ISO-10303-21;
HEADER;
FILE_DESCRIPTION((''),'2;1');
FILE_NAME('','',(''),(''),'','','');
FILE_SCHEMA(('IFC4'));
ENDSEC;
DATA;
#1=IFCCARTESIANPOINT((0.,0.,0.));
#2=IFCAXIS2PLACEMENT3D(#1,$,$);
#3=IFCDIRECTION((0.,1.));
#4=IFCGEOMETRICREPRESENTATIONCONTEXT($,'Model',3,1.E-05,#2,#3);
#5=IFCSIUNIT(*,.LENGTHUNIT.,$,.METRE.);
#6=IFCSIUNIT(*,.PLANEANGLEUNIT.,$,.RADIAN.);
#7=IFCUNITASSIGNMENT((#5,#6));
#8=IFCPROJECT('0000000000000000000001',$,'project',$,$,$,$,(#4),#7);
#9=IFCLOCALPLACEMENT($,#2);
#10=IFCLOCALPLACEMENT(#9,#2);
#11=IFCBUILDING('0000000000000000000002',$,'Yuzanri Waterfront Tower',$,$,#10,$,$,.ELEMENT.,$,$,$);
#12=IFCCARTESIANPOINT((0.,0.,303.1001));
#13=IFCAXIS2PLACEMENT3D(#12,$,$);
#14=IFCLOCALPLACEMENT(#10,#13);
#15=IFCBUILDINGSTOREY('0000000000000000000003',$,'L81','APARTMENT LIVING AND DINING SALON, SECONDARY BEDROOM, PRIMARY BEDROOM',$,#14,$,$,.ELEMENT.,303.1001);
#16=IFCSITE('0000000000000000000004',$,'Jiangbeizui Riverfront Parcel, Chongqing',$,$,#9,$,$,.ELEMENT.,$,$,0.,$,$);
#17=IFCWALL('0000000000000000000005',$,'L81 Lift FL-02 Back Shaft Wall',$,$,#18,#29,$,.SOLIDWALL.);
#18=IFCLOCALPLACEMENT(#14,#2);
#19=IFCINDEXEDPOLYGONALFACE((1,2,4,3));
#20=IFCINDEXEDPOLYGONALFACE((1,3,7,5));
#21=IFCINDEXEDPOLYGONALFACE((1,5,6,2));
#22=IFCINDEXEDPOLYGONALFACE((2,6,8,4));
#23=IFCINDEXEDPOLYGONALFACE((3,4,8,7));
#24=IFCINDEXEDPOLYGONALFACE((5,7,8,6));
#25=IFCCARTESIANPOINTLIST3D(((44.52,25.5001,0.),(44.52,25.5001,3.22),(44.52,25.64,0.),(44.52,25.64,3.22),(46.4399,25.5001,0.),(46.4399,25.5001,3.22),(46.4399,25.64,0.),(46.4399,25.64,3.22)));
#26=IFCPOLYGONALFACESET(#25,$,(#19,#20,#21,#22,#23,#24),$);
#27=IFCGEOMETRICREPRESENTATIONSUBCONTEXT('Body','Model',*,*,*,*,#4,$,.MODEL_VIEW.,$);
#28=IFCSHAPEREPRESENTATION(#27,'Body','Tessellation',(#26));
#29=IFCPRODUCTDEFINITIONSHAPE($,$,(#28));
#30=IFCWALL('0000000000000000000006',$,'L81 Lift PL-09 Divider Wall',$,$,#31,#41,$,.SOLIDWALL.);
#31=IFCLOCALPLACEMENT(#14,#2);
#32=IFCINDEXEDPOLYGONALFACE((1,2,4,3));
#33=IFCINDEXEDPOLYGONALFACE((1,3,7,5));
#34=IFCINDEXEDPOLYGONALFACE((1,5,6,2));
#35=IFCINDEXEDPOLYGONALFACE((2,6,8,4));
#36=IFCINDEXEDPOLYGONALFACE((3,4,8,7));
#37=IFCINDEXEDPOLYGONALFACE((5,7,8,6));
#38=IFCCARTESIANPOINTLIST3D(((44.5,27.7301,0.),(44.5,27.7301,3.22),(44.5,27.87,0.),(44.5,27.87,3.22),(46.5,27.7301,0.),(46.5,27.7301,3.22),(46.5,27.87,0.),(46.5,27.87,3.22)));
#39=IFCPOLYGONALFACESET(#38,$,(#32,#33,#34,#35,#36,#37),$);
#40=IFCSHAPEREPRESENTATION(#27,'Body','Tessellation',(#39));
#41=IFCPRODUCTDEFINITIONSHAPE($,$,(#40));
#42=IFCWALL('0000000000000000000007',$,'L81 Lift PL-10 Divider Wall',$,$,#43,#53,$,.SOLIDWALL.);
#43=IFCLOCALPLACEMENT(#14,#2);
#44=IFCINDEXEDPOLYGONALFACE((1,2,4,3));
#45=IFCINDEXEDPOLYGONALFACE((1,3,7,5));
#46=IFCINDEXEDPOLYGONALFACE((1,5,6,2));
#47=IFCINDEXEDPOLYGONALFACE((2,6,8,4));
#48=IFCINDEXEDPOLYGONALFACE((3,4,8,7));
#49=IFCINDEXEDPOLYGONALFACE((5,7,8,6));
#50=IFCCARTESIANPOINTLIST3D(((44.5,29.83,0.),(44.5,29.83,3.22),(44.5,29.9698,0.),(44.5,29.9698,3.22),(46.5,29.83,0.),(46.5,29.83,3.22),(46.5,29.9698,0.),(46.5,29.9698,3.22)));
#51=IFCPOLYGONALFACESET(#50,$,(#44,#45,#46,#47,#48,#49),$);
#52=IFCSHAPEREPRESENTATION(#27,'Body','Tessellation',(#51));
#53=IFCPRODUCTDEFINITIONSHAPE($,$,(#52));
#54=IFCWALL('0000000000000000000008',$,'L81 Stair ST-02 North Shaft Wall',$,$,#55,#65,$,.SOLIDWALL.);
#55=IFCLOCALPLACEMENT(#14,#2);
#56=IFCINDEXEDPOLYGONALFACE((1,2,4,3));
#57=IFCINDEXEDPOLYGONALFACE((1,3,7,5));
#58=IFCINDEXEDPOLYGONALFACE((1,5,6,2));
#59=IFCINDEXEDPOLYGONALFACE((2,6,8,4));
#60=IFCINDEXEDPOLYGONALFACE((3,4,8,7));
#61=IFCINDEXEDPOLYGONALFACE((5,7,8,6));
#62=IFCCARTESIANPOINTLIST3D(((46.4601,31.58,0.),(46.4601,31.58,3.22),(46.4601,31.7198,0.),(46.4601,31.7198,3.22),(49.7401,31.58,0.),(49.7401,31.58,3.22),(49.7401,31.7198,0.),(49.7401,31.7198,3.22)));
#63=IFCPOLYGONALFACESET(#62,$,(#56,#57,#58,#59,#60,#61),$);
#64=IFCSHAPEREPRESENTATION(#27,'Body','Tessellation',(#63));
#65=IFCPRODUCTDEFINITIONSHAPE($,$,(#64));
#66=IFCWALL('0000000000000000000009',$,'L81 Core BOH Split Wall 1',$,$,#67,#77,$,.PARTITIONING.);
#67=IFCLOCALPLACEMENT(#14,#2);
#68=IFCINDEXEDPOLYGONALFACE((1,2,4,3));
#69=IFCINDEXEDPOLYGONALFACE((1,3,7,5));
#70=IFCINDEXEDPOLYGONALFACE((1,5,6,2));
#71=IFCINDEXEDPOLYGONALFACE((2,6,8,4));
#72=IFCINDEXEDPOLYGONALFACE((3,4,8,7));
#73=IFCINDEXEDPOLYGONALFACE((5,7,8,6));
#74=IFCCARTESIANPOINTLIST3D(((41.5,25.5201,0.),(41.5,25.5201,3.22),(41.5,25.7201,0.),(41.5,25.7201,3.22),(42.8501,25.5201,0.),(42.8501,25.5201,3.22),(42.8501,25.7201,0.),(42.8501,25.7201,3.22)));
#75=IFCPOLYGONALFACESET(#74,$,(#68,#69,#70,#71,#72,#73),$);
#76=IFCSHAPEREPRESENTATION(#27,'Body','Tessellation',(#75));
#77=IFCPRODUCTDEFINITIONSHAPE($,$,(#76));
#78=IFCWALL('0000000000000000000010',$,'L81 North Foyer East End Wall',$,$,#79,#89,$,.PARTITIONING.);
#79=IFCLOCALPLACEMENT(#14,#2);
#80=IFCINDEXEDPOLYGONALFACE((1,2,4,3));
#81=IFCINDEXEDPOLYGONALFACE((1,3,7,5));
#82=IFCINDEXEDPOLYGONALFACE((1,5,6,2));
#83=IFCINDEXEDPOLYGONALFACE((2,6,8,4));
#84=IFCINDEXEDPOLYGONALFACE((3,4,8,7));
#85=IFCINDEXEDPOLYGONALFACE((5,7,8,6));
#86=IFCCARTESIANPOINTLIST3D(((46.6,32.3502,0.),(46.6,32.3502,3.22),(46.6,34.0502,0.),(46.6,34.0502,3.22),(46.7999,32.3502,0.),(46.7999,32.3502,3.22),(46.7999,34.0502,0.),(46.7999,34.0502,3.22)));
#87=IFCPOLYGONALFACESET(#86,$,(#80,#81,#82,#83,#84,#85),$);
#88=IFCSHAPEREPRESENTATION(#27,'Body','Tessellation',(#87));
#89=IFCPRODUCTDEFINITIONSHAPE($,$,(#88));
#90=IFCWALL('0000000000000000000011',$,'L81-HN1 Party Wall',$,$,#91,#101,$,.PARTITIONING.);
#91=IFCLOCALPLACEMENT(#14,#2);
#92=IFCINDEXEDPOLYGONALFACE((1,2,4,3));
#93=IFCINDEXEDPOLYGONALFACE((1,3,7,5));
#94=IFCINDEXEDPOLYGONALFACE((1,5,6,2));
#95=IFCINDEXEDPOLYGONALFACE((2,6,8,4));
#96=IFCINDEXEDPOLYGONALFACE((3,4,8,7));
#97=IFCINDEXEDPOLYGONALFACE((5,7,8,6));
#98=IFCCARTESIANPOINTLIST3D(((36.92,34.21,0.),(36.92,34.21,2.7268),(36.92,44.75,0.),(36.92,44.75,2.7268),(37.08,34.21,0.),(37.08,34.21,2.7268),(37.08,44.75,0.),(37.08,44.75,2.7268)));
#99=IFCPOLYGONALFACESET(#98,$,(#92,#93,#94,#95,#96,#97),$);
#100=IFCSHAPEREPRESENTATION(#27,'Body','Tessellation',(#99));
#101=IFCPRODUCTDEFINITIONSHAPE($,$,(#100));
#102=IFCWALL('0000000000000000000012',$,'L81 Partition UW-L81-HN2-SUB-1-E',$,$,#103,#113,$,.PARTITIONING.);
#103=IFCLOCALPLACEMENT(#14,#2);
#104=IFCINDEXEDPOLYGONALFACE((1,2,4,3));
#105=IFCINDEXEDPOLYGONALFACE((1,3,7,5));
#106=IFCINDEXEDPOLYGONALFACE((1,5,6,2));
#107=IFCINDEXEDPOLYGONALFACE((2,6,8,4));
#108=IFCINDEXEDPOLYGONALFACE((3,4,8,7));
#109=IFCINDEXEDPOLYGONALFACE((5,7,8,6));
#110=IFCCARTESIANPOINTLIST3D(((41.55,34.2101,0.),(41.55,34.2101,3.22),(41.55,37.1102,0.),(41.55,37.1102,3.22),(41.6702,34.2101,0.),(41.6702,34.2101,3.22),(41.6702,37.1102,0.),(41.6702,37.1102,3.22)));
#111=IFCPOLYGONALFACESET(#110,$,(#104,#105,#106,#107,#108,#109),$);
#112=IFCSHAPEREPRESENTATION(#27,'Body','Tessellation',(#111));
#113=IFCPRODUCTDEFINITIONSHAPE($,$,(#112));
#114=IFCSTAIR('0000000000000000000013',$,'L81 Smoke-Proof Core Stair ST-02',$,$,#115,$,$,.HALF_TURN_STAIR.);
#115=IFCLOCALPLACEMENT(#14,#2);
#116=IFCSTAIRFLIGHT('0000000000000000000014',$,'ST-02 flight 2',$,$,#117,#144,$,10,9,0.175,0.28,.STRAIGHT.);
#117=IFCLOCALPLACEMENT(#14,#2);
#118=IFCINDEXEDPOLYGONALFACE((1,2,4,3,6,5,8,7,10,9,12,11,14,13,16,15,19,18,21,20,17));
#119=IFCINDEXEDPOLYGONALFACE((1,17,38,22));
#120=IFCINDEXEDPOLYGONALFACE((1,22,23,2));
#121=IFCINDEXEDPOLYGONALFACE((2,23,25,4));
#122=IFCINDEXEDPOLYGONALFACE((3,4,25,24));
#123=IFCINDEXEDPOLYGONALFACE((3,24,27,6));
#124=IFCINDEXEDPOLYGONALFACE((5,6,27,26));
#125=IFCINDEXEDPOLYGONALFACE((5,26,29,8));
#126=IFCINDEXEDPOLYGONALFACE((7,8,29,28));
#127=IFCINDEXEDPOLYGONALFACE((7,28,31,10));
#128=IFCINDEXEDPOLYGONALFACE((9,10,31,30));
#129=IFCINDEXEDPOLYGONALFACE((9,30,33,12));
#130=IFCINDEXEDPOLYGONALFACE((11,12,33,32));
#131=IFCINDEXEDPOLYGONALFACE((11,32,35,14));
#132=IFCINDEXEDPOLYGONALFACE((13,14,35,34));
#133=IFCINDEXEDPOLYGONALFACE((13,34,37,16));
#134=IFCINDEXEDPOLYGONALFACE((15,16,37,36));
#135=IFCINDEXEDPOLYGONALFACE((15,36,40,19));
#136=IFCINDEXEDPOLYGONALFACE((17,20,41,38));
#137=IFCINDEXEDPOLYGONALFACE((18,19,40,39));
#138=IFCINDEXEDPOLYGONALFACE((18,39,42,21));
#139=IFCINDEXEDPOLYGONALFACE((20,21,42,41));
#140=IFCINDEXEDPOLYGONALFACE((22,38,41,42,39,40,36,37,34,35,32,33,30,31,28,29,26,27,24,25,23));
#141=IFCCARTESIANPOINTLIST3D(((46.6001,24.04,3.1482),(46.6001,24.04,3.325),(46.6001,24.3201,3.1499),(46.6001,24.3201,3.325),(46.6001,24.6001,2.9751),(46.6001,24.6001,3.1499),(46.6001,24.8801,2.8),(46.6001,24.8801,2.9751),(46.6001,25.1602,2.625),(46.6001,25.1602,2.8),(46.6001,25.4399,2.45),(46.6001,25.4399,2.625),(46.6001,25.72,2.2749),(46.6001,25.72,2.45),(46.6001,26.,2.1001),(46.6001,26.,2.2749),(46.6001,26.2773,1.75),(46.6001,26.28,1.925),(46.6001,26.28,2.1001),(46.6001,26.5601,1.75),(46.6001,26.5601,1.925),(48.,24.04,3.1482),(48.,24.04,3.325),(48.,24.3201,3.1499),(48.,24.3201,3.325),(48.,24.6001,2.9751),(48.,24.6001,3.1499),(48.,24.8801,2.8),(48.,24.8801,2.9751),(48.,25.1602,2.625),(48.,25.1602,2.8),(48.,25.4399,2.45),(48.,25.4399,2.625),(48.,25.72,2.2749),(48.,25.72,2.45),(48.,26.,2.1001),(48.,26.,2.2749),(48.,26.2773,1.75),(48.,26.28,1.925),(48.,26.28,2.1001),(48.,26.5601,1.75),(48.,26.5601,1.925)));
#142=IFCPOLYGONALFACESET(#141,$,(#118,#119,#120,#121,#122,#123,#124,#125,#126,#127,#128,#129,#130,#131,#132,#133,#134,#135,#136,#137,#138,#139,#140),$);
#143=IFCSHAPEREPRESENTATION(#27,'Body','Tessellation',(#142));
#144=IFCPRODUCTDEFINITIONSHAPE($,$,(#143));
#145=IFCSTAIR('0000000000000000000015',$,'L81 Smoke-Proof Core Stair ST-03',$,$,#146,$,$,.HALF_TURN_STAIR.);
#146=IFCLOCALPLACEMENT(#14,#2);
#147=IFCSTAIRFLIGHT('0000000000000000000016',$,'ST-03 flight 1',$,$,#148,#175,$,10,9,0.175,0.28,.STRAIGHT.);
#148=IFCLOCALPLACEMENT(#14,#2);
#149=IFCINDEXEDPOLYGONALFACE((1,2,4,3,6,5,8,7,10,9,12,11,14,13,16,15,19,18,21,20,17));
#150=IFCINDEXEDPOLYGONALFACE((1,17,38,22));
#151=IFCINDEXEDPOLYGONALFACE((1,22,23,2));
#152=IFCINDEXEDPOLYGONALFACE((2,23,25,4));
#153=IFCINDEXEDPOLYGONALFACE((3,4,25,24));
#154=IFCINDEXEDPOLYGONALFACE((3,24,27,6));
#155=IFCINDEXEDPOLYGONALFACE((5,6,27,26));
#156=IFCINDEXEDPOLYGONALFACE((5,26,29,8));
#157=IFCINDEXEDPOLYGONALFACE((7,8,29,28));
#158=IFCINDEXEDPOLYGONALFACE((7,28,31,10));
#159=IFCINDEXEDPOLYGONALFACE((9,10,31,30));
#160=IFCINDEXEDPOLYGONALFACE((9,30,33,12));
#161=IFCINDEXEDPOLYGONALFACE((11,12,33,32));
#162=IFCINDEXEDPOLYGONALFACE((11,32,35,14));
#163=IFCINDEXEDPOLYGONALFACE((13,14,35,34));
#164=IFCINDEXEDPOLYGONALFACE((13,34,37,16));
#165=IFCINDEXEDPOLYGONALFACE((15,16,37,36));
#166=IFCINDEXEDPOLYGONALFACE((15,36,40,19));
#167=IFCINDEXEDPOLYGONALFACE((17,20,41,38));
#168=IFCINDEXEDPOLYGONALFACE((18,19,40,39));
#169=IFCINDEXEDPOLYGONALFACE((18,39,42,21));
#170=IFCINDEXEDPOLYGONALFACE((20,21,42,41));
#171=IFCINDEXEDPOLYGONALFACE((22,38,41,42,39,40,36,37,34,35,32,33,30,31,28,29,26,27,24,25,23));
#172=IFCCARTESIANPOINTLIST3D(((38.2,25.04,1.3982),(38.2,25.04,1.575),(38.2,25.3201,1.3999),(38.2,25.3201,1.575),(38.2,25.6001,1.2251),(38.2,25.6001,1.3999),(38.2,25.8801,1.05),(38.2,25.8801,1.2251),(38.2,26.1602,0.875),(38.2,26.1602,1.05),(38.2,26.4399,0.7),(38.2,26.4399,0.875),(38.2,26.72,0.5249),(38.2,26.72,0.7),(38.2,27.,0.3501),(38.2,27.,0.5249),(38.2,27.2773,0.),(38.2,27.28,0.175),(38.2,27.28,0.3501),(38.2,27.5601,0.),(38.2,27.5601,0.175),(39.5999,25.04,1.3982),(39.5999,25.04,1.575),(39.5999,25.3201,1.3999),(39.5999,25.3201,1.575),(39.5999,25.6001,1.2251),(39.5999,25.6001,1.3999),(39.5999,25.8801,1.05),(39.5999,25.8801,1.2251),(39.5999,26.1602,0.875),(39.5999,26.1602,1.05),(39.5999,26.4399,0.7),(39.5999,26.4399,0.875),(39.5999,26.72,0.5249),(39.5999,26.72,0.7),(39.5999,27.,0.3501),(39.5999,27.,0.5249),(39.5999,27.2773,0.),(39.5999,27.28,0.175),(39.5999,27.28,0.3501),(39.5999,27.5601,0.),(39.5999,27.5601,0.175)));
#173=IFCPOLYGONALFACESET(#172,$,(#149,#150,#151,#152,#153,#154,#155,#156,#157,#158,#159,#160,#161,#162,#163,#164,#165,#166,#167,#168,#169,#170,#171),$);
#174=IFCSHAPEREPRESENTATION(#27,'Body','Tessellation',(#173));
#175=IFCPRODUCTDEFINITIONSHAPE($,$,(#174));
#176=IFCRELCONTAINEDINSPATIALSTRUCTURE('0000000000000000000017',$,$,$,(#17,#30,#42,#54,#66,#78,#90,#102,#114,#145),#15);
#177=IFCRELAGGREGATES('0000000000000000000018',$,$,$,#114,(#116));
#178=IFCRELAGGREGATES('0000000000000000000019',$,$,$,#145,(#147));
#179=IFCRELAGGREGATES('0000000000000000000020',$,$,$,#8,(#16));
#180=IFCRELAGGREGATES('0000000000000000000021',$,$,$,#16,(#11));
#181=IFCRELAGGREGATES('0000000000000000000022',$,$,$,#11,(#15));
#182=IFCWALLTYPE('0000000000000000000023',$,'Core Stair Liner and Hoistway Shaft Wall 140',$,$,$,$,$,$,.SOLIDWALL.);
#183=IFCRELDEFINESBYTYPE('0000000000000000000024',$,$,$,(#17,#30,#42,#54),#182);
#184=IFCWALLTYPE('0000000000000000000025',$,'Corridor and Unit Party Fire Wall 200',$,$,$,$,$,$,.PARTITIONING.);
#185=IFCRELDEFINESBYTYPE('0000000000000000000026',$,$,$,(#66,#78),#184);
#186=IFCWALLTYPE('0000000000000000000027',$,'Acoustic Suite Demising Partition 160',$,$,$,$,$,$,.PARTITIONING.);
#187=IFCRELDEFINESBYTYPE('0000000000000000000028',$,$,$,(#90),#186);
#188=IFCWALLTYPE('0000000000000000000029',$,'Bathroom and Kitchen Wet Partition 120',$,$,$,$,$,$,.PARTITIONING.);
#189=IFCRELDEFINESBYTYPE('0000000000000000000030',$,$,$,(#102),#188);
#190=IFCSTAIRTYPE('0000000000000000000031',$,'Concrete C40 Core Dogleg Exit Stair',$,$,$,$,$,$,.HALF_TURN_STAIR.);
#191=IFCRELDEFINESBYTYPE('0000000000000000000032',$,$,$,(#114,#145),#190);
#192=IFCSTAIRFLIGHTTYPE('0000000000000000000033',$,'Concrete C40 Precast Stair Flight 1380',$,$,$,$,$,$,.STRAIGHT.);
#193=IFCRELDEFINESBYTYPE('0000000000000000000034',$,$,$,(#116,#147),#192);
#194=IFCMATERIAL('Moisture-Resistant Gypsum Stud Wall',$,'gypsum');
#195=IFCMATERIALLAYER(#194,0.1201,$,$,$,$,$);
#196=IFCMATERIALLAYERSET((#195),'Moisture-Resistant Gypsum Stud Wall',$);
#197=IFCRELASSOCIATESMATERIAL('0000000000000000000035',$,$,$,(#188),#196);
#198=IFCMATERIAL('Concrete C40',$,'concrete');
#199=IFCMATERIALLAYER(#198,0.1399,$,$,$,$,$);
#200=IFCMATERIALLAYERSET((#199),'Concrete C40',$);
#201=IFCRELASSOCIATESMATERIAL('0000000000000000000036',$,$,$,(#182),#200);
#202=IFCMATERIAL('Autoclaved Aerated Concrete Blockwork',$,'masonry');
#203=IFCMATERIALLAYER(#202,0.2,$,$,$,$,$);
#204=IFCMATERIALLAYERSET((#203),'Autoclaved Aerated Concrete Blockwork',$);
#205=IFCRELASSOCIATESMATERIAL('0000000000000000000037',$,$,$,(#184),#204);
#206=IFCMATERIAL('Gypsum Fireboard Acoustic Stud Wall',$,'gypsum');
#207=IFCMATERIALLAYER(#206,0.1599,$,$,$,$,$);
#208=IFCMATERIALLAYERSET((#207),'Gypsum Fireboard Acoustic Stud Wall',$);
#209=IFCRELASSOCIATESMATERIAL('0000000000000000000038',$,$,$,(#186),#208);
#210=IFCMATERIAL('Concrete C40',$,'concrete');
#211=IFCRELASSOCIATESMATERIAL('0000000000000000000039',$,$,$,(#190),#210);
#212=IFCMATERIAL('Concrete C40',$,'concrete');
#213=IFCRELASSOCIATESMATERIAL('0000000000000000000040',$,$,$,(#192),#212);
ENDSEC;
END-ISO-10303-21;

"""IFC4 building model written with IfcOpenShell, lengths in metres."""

from ifc_helpers import new_model, si_unit, direction, frame, frame_2d, origin, place, context, subcontext, project, spatial, polyline, rectangle, outline, extrude, source, transform, mapped, material, layer, layer_set, type_object, element, aggregate, save


model = new_model("IFC4")

# Units and contexts
model_context = context("Model", 3, precision=1e-05, world=origin(), true_north=direction((0.0, 1.0)))
body_context = subcontext(model_context, "Body", "Model", "MODEL_VIEW")
ifc_project = project(units=[si_unit("LENGTHUNIT", "METRE"), si_unit("PLANEANGLEUNIT", "RADIAN")], contexts=[model_context])

# Site, building, storey
site_placement = place(None, origin())
site = spatial("IfcSite", under=ifc_project, at=site_placement, Name="Jiangbeizui Riverfront Parcel, Chongqing", CompositionType="ELEMENT", RefElevation=0.0)
building_placement = place(site_placement, origin())
building = spatial("IfcBuilding", under=site, at=building_placement, Name="Yuzanri Waterfront Tower", CompositionType="ELEMENT")
storey_placement = place(building_placement, frame((0.0, 0.0, 303.1001)))
storey = spatial("IfcBuildingStorey", under=building, at=storey_placement, Name="L81", Description="APARTMENT LIVING AND DINING SALON, SECONDARY BEDROOM, PRIMARY BEDROOM", CompositionType="ELEMENT", Elevation=303.1001)

# Shared definitions
ifc_material_1 = material(Name="Moisture-Resistant Gypsum Stud Wall", Category="gypsum")
ifc_layer_1 = layer(ifc_material_1, 0.1201)
ifc_layer_set_1 = layer_set([ifc_layer_1], Name="Moisture-Resistant Gypsum Stud Wall")
wall_type_1 = type_object("IfcWallType", Name="Bathroom and Kitchen Wet Partition 120", PredefinedType="PARTITIONING", material=ifc_layer_set_1)
ifc_material_2 = material(Name="Concrete C40", Category="concrete")
ifc_layer_2 = layer(ifc_material_2, 0.1399)
ifc_layer_set_2 = layer_set([ifc_layer_2], Name="Concrete C40")
wall_type_2 = type_object("IfcWallType", Name="Core Stair Liner and Hoistway Shaft Wall 140", PredefinedType="SOLIDWALL", material=ifc_layer_set_2)
ifc_material_3 = material(Name="Autoclaved Aerated Concrete Blockwork", Category="masonry")
ifc_layer_3 = layer(ifc_material_3, 0.2)
ifc_layer_set_3 = layer_set([ifc_layer_3], Name="Autoclaved Aerated Concrete Blockwork")
wall_type_3 = type_object("IfcWallType", Name="Corridor and Unit Party Fire Wall 200", PredefinedType="PARTITIONING", material=ifc_layer_set_3)

# Walls
shared_shape_1 = source(origin(), body_context, "Body", "SweptSolid", [
    extrude(rectangle(XDim=1.9199, YDim=0.1399, at=frame_2d((0.96, 0.0))), origin(), (0.0, 0.0, 1.0), 3.22),
])
wall_1_placement = place(storey_placement, frame((44.52, 25.5701, 0.0), z_axis=(0.0, 0.0, 1.0), x_axis=(1.0, 0.0, 0.0)))
element("IfcWall", 1, at=wall_1_placement, inside=storey, type_object=wall_type_2, Name="L81 Lift FL-02 Back Shaft Wall", PredefinedType="SOLIDWALL", context=body_context, shape_type="MappedRepresentation", body=[
    mapped(shared_shape_1, transform((0.0, 0.0, 0.0), scale=1.0)),
])
shared_shape_2 = source(origin(), body_context, "Body", "SweptSolid", [
    extrude(rectangle(XDim=2.0, YDim=0.1399, at=frame_2d((1.0, 0.0))), origin(), (0.0, 0.0, 1.0), 3.22),
])
for number, where, z_axis, x_axis, name in (
    (2, (44.5, 27.8, 0.0), (0.0, 0.0, 1.0), (1.0, 0.0, 0.0), "L81 Lift PL-09 Divider Wall"),
    (3, (44.5, 29.8999, 0.0), (0.0, 0.0, 1.0), (1.0, 0.0, 0.0), "L81 Lift PL-10 Divider Wall"),
):
    element("IfcWall", number, at=place(storey_placement, frame(where, z_axis=z_axis, x_axis=x_axis)), inside=storey, type_object=wall_type_2, Name=name, PredefinedType="SOLIDWALL", context=body_context, shape_type="MappedRepresentation", body=[
        mapped(shared_shape_2, transform((0.0, 0.0, 0.0), scale=1.0)),
    ])
shared_shape_3 = source(origin(), body_context, "Body", "SweptSolid", [
    extrude(rectangle(XDim=3.28, YDim=0.1399, at=frame_2d((1.6401, 0.0))), origin(), (0.0, 0.0, 1.0), 3.22),
])
wall_2_placement = place(storey_placement, frame((46.46, 31.6499, 0.0), z_axis=(0.0, 0.0, 1.0), x_axis=(1.0, 0.0, 0.0)))
element("IfcWall", 4, at=wall_2_placement, inside=storey, type_object=wall_type_2, Name="L81 Stair ST-02 North Shaft Wall", PredefinedType="SOLIDWALL", context=body_context, shape_type="MappedRepresentation", body=[
    mapped(shared_shape_3, transform((0.0, 0.0, 0.0), scale=1.0)),
])
shared_shape_4 = source(origin(), body_context, "Body", "SweptSolid", [
    extrude(rectangle(XDim=1.3501, YDim=0.2, at=frame_2d((0.675, 0.0))), origin(), (0.0, 0.0, 1.0), 3.22),
])
wall_3_placement = place(storey_placement, frame((41.5, 25.6201, 0.0), z_axis=(0.0, 0.0, 1.0), x_axis=(1.0, 0.0, 0.0)))
element("IfcWall", 5, at=wall_3_placement, inside=storey, type_object=wall_type_3, Name="L81 Core BOH Split Wall 1", PredefinedType="PARTITIONING", context=body_context, shape_type="MappedRepresentation", body=[
    mapped(shared_shape_4, transform((0.0, 0.0, 0.0), scale=1.0)),
])
shared_shape_5 = source(origin(), body_context, "Body", "SweptSolid", [
    extrude(rectangle(XDim=1.7, YDim=0.2, at=frame_2d((0.8501, 0.0))), origin(), (0.0, 0.0, 1.0), 3.22),
])
wall_4_placement = place(storey_placement, frame((46.7, 32.3501, 0.0), z_axis=(0.0, 0.0, 1.0), x_axis=(0.0, 1.0, 0.0)))
element("IfcWall", 6, at=wall_4_placement, inside=storey, type_object=wall_type_3, Name="L81 North Foyer East End Wall", PredefinedType="PARTITIONING", context=body_context, shape_type="MappedRepresentation", body=[
    mapped(shared_shape_5, transform((0.0, 0.0, 0.0), scale=1.0)),
])
ifc_material_4 = material(Name="Gypsum Fireboard Acoustic Stud Wall", Category="gypsum")
ifc_layer_4 = layer(ifc_material_4, 0.1599)
ifc_layer_set_4 = layer_set([ifc_layer_4], Name="Gypsum Fireboard Acoustic Stud Wall")
wall_type_4 = type_object("IfcWallType", Name="Acoustic Suite Demising Partition 160", PredefinedType="PARTITIONING", material=ifc_layer_set_4)
shared_shape_6 = source(origin(), body_context, "Body", "SweptSolid", [
    extrude(rectangle(XDim=10.54, YDim=0.1599, at=frame_2d((5.27, 0.0))), origin(), (0.0, 0.0, 1.0), 2.7268),
])
wall_5_placement = place(storey_placement, frame((37.0, 34.21, 0.0), z_axis=(0.0, 0.0, 1.0), x_axis=(0.0, 1.0, 0.0)))
element("IfcWall", 7, at=wall_5_placement, inside=storey, type_object=wall_type_4, Name="L81-HN1 Party Wall", PredefinedType="PARTITIONING", context=body_context, shape_type="MappedRepresentation", body=[
    mapped(shared_shape_6, transform((0.0, 0.0, 0.0), scale=1.0)),
])
shared_shape_7 = source(origin(), body_context, "Body", "SweptSolid", [
    extrude(rectangle(XDim=2.9001, YDim=0.1201, at=frame_2d((1.4502, 0.0))), origin(), (0.0, 0.0, 1.0), 3.22),
])
wall_6_placement = place(storey_placement, frame((41.6101, 34.21, 0.0), z_axis=(0.0, 0.0, 1.0), x_axis=(0.0, 1.0, 0.0)))
element("IfcWall", 8, at=wall_6_placement, inside=storey, type_object=wall_type_1, Name="L81 Partition UW-L81-HN2-SUB-1-E", PredefinedType="PARTITIONING", context=body_context, shape_type="MappedRepresentation", body=[
    mapped(shared_shape_7, transform((0.0, 0.0, 0.0), scale=1.0)),
])

# Stairs, stair flights
ifc_material_5 = material(Name="Concrete C40", Category="concrete")
stair_type = type_object("IfcStairType", Name="Concrete C40 Core Dogleg Exit Stair", PredefinedType="HALF_TURN_STAIR", material=ifc_material_5)
stair_1_placement = place(storey_placement, origin())
stair_1 = element("IfcStair", 9, at=stair_1_placement, inside=storey, type_object=stair_type, Name="L81 Smoke-Proof Core Stair ST-02", PredefinedType="HALF_TURN_STAIR")
ifc_material_6 = material(Name="Concrete C40", Category="concrete")
stair_flight_type = type_object("IfcStairFlightType", Name="Concrete C40 Precast Stair Flight 1380", PredefinedType="STRAIGHT", material=ifc_material_6)
shared_shape_8 = source(origin(), body_context, "Body", "SweptSolid", [
    extrude(outline(polyline([(0.0, 0.0), (0.0, 0.175), (0.28, 0.175), (0.28, 0.3501), (0.5601, 0.3501), (0.5601, 0.5249), (0.8401, 0.5249), (0.8401, 0.7), (1.1201, 0.7), (1.1201, 0.875), (1.3999, 0.875), (1.3999, 1.05), (1.6799, 1.05), (1.6799, 1.2251), (1.96, 1.2251), (1.96, 1.3999), (2.24, 1.3999), (2.24, 1.575), (2.52, 1.575), (2.52, 1.75), (2.52, 1.3982), (0.2827, 0.0), (0.0, 0.0)])), frame((0.0, 0.7, 0.0), z_axis=(0.0, -1.0, 0.0), x_axis=(1.0, 0.0, 0.0)), (0.0, 0.0, 1.0), 1.3999),
])
stair_flight_1_placement = place(storey_placement, frame((47.3, 26.5601, 1.75), z_axis=(0.0, 0.0, 1.0), x_axis=(0.0, -1.0, 0.0)))
stair_flight_1 = element("IfcStairFlight", 10, at=stair_flight_1_placement, type_object=stair_flight_type, Name="ST-02 flight 2", NumberOfRisers=10, NumberOfTreads=9, PredefinedType="STRAIGHT", RiserHeight=0.175, TreadLength=0.28, context=body_context, shape_type="MappedRepresentation", body=[
    mapped(shared_shape_8, transform((0.0, 0.0, 0.0), scale=1.0)),
])
aggregate(stair_1, [stair_flight_1])
stair_2_placement = place(storey_placement, origin())
stair_2 = element("IfcStair", 11, at=stair_2_placement, inside=storey, type_object=stair_type, Name="L81 Smoke-Proof Core Stair ST-03", PredefinedType="HALF_TURN_STAIR")
stair_flight_2_placement = place(storey_placement, frame((38.8999, 27.5601, 0.0), z_axis=(0.0, 0.0, 1.0), x_axis=(0.0, -1.0, 0.0)))
stair_flight_2 = element("IfcStairFlight", 12, at=stair_flight_2_placement, type_object=stair_flight_type, Name="ST-03 flight 1", NumberOfRisers=10, NumberOfTreads=9, PredefinedType="STRAIGHT", RiserHeight=0.175, TreadLength=0.28, context=body_context, shape_type="MappedRepresentation", body=[
    mapped(shared_shape_8, transform((0.0, 0.0, 0.0), scale=1.0)),
])
aggregate(stair_2, [stair_flight_2])

save(model, "model.ifc")
